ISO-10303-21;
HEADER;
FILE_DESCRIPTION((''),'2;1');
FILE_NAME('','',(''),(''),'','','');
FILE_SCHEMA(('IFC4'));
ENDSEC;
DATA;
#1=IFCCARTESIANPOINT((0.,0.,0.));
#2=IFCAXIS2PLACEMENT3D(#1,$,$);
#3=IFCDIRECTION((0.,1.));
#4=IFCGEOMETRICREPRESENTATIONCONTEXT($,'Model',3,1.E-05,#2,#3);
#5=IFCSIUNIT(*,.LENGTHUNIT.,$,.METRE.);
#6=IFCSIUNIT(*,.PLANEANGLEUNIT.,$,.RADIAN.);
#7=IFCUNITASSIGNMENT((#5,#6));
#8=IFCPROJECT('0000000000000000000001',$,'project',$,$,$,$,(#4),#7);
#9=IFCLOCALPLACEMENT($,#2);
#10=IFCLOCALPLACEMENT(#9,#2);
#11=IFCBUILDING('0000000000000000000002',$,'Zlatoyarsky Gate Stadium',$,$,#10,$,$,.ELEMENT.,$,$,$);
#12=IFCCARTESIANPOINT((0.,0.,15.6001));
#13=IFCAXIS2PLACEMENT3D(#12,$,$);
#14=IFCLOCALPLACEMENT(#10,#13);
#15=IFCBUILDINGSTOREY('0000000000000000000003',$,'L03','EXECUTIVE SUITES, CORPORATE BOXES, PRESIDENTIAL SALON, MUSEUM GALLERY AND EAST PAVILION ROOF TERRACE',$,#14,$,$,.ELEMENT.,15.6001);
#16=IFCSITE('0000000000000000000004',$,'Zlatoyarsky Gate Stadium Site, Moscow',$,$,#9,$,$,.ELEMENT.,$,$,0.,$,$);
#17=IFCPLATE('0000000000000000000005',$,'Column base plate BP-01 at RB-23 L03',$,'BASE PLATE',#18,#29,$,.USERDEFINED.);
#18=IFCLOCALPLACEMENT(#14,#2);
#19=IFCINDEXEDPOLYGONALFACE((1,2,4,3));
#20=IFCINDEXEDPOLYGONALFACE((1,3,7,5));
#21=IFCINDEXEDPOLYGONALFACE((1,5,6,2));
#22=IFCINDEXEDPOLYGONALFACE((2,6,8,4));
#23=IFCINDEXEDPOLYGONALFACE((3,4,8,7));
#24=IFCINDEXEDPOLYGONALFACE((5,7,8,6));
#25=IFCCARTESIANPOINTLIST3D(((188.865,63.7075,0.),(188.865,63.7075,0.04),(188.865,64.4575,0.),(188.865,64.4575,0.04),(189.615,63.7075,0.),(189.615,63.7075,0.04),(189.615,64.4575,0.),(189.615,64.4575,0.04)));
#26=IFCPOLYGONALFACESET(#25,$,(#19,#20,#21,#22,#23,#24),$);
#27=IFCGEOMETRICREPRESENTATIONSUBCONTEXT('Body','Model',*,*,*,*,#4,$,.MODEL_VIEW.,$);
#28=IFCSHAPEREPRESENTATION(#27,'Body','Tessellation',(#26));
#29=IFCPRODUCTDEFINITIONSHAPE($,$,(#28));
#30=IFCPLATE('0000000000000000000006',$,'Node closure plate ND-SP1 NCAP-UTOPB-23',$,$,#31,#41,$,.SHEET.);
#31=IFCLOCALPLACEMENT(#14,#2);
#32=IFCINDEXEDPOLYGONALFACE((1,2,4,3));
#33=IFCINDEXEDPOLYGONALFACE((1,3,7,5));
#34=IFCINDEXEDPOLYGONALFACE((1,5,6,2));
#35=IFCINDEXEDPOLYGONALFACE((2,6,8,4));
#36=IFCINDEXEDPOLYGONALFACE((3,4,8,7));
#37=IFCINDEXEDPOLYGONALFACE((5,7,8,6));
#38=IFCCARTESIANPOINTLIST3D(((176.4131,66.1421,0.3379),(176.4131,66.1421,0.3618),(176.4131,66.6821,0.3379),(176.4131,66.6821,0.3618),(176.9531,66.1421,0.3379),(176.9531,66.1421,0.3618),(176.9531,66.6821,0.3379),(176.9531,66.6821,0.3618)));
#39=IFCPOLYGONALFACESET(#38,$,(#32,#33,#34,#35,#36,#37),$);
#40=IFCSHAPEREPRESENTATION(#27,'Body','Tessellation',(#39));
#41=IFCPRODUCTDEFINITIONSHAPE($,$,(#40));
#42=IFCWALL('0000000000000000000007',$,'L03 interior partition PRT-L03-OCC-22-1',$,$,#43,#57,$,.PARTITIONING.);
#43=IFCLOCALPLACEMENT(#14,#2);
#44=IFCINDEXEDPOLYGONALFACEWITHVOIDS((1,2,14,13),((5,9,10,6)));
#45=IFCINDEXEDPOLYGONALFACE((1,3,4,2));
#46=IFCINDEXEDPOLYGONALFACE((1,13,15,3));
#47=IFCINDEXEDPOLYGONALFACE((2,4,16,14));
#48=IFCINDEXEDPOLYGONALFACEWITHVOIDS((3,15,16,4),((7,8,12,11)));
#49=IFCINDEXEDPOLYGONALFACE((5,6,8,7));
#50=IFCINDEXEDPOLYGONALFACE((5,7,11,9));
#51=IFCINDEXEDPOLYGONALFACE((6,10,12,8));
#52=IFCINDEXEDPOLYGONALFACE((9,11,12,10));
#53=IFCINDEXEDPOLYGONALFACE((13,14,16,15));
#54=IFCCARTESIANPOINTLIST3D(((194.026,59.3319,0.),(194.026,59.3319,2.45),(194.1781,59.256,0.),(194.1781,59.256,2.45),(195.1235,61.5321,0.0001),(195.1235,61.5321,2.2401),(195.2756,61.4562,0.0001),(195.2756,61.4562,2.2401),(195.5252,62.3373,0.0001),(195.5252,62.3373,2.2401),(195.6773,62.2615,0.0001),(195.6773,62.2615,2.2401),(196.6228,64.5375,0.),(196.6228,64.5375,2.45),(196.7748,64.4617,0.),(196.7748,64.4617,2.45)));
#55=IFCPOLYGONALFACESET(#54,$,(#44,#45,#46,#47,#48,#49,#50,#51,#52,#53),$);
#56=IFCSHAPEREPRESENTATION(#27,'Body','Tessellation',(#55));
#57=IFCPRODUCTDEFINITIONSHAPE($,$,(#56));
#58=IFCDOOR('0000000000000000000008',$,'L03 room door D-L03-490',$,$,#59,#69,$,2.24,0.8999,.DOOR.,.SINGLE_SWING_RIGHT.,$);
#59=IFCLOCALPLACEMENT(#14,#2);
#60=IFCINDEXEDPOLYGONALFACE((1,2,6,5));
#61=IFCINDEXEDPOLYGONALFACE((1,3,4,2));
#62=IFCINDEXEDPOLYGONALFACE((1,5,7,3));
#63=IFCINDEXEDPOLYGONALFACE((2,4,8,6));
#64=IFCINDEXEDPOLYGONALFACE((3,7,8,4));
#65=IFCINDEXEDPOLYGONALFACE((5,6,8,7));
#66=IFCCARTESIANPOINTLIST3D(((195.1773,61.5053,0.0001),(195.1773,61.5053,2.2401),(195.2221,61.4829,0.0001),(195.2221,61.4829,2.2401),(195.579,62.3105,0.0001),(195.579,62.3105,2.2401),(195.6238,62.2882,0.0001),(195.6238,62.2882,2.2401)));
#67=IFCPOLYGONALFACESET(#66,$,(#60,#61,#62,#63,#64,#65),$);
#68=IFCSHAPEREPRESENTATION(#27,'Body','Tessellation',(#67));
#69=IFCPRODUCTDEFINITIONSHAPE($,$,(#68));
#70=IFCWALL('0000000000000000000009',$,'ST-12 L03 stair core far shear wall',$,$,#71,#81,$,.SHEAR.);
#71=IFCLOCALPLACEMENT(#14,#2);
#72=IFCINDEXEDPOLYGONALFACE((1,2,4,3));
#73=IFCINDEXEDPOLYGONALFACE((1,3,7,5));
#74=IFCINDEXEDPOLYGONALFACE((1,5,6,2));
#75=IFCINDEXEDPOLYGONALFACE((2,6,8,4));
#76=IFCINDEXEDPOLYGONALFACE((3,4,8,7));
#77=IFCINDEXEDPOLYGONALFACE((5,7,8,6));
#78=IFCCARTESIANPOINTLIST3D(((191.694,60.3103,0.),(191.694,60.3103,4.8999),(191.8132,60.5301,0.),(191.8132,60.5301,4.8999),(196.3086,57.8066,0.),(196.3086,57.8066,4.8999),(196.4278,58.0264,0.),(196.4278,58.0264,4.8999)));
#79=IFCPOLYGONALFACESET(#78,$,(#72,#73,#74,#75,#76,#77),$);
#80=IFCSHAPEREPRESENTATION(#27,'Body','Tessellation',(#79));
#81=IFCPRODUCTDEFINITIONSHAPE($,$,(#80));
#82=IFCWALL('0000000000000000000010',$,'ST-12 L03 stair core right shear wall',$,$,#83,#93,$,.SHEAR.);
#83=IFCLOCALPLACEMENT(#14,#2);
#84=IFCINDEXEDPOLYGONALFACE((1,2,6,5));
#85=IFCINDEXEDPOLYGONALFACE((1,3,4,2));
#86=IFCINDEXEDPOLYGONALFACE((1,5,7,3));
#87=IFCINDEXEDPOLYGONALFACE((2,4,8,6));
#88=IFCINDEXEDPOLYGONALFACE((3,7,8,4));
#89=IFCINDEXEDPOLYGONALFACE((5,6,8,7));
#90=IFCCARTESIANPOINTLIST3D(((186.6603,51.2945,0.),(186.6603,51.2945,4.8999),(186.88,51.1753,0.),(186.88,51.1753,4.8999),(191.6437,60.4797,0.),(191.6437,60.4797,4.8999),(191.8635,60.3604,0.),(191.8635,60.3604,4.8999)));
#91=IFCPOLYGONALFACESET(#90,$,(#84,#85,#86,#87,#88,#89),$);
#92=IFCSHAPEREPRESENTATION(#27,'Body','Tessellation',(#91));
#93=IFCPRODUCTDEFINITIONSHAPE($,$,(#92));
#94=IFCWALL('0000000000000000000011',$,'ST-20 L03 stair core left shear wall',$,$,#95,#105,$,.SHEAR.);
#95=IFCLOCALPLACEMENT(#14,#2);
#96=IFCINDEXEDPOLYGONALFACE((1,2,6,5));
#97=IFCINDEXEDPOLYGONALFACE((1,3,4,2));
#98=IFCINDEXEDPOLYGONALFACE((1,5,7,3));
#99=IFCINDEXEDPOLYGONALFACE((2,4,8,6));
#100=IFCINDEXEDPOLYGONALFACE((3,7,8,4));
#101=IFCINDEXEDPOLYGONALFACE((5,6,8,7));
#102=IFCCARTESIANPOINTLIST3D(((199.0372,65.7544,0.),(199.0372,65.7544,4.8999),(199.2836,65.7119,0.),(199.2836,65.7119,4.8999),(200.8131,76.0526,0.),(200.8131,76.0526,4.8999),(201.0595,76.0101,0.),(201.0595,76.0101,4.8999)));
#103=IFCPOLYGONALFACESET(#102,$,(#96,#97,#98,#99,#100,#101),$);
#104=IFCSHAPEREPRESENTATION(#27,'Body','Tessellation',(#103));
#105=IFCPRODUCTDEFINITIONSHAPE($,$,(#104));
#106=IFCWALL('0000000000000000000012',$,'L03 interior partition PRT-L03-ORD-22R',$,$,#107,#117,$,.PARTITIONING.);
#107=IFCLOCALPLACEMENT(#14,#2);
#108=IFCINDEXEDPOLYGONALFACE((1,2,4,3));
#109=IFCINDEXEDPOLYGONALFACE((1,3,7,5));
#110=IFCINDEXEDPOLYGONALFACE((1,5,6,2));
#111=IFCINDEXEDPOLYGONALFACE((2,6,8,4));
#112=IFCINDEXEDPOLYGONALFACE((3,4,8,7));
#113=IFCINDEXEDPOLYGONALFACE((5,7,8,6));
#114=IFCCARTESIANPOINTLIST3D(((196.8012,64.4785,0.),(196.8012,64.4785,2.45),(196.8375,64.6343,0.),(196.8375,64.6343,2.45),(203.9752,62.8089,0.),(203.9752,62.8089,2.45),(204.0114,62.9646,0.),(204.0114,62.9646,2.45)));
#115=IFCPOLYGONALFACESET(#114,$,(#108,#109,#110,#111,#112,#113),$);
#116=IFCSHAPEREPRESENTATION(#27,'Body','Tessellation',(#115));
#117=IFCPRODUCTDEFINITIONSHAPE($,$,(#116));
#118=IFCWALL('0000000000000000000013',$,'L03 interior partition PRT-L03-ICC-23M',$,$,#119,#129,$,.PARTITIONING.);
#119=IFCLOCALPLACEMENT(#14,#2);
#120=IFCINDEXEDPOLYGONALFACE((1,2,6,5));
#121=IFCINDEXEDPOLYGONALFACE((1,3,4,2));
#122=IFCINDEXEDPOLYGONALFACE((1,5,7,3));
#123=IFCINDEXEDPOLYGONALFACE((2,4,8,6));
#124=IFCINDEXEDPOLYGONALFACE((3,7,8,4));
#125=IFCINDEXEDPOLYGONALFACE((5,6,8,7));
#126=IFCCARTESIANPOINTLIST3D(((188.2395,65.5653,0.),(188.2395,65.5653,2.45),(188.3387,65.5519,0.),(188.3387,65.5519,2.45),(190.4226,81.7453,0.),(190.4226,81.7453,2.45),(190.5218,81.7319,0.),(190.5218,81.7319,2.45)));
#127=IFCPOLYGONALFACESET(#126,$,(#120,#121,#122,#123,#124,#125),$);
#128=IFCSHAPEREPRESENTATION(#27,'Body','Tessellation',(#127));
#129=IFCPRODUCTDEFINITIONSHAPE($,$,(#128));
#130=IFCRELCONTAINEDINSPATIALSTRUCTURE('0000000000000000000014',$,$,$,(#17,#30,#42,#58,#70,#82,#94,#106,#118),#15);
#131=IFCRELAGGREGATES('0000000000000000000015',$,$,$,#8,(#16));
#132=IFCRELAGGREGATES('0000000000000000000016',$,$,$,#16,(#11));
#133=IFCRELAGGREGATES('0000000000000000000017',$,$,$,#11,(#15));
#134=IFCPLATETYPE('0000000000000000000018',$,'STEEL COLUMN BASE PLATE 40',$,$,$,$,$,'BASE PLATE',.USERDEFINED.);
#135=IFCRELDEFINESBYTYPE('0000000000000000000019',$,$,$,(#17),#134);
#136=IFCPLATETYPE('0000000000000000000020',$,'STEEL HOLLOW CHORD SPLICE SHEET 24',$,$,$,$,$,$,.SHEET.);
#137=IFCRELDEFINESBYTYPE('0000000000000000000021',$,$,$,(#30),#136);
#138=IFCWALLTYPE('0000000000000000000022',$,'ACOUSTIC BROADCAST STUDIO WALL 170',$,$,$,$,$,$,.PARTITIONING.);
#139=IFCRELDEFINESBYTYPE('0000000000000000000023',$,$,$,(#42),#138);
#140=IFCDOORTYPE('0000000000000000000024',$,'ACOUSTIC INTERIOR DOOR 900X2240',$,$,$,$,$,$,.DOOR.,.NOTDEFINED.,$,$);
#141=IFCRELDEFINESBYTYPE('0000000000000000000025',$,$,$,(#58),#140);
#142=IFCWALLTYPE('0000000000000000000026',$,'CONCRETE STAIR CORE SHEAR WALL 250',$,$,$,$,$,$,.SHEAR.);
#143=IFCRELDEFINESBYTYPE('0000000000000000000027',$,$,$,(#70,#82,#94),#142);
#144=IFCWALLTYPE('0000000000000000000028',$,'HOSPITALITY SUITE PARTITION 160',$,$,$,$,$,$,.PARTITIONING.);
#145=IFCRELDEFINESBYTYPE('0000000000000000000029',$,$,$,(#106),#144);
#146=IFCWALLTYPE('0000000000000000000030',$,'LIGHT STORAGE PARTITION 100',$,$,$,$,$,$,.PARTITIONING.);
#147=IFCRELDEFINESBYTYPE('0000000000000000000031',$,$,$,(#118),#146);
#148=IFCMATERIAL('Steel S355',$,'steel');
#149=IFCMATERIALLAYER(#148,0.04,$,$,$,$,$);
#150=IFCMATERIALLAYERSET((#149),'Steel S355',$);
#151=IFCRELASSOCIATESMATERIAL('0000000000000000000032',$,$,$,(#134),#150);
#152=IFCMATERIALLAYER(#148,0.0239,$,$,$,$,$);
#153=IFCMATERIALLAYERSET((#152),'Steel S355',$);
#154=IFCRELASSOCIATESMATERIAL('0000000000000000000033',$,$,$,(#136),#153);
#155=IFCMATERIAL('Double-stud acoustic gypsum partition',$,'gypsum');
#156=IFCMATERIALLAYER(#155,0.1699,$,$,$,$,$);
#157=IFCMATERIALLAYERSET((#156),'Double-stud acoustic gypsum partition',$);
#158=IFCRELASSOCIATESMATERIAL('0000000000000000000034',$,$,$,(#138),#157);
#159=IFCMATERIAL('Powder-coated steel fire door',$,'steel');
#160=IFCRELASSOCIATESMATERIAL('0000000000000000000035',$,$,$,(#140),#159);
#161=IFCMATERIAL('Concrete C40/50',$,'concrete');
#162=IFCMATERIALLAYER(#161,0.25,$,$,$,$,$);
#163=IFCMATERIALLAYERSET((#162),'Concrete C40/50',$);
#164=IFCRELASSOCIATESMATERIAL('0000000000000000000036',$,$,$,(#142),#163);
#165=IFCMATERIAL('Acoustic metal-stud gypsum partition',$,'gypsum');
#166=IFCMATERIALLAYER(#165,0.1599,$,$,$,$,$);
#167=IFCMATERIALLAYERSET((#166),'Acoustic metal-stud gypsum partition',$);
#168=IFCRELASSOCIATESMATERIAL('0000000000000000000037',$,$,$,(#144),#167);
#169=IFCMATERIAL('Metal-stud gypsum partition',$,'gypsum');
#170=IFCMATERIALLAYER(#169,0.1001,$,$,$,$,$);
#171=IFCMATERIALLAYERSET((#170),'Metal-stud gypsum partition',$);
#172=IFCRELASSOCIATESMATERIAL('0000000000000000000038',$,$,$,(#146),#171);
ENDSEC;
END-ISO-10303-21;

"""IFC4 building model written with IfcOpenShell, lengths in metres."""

from ifc_helpers import new_model, si_unit, direction, frame, frame_2d, origin, origin_2d, place, context, subcontext, project, spatial, rectangle, extrude, material, layer, layer_set, type_object, element, fill, save


model = new_model("IFC4")

# Units and contexts
model_context = context("Model", 3, precision=1e-05, world=origin(), true_north=direction((0.0, 1.0)))
body_context = subcontext(model_context, "Body", "Model", "MODEL_VIEW")
ifc_project = project(units=[si_unit("LENGTHUNIT", "METRE"), si_unit("PLANEANGLEUNIT", "RADIAN")], contexts=[model_context])

# Site, building, storey
site_placement = place(None, origin())
site = spatial("IfcSite", under=ifc_project, at=site_placement, Name="Zlatoyarsky Gate Stadium Site, Moscow", CompositionType="ELEMENT", RefElevation=0.0)
building_placement = place(site_placement, origin())
building = spatial("IfcBuilding", under=site, at=building_placement, Name="Zlatoyarsky Gate Stadium", CompositionType="ELEMENT")
storey_placement = place(building_placement, frame((0.0, 0.0, 15.6001)))
storey = spatial("IfcBuildingStorey", under=building, at=storey_placement, Name="L03", Description="EXECUTIVE SUITES, CORPORATE BOXES, PRESIDENTIAL SALON, MUSEUM GALLERY AND EAST PAVILION ROOF TERRACE", CompositionType="ELEMENT", Elevation=15.6001)

# Shared definitions
ifc_material_1 = material(Name="Steel S355", Category="steel")

# Plates
ifc_layer_1 = layer(ifc_material_1, 0.04)
ifc_layer_set_1 = layer_set([ifc_layer_1], Name="Steel S355")
plate_type_1 = type_object("IfcPlateType", Name="STEEL COLUMN BASE PLATE 40", ElementType="BASE PLATE", PredefinedType="USERDEFINED", material=ifc_layer_set_1)
plate_1_placement = place(storey_placement, frame((189.24, 64.0825, 0.0), z_axis=(0.0, 0.0, 1.0), x_axis=(1.0, 0.0, 0.0)))
element("IfcPlate", 1, at=plate_1_placement, inside=storey, type_object=plate_type_1, Name="Column base plate BP-01 at RB-23 L03", ObjectType="BASE PLATE", PredefinedType="USERDEFINED", context=body_context, shape_type="SweptSolid", body=[
    extrude(rectangle(XDim=0.75, YDim=0.75, at=origin_2d()), origin(), (0.0, 0.0, 1.0), 0.04),
])
ifc_layer_2 = layer(ifc_material_1, 0.0239)
ifc_layer_set_2 = layer_set([ifc_layer_2], Name="Steel S355")
plate_type_2 = type_object("IfcPlateType", Name="STEEL HOLLOW CHORD SPLICE SHEET 24", PredefinedType="SHEET", material=ifc_layer_set_2)
plate_2_placement = place(storey_placement, frame((176.6831, 66.4121, 0.3379), z_axis=(0.0, 0.0, 1.0), x_axis=(1.0, 0.0, 0.0)))
element("IfcPlate", 2, at=plate_2_placement, inside=storey, type_object=plate_type_2, Name="Node closure plate ND-SP1 NCAP-UTOPB-23", PredefinedType="SHEET", context=body_context, shape_type="SweptSolid", body=[
    extrude(rectangle(XDim=0.54, YDim=0.54, at=origin_2d()), origin(), (0.0, 0.0, 1.0), 0.0239),
])

# Wall, opening, door
ifc_material_2 = material(Name="Double-stud acoustic gypsum partition", Category="gypsum")
ifc_layer_3 = layer(ifc_material_2, 0.1699)
ifc_layer_set_3 = layer_set([ifc_layer_3], Name="Double-stud acoustic gypsum partition")
wall_type_1 = type_object("IfcWallType", Name="ACOUSTIC BROADCAST STUDIO WALL 170", PredefinedType="PARTITIONING", material=ifc_layer_set_3)
wall_1_placement = place(storey_placement, frame((194.1021, 59.2939, 0.0), z_axis=(0.0, 0.0, 1.0), x_axis=(0.446374, 0.894846, 0.0)))
wall_1 = element("IfcWall", 3, at=wall_1_placement, inside=storey, type_object=wall_type_1, Name="L03 interior partition PRT-L03-OCC-22-1", PredefinedType="PARTITIONING", context=body_context, shape_type="SweptSolid", body=[
    extrude(rectangle(XDim=5.8174, YDim=0.1699, at=frame_2d((2.9087, 0.0))), origin(), (0.0, 0.0, 1.0), 2.45),
])
opening_placement = place(wall_1_placement, frame((2.4587, 0.0, 0.0)))
opening = element("IfcOpeningElement", 4, at=opening_placement, cuts=wall_1, PredefinedType="OPENING", context=body_context, shape_type="SweptSolid", body=[
    extrude(rectangle(XDim=0.8999, YDim=2.24, at=frame_2d((0.45, 1.1201))), frame((0.0, 0.095, 0.0), z_axis=(0.0, -1.0, 0.0), x_axis=(1.0, 0.0, 0.0)), (0.0, 0.0, 1.0), 0.1899),
])
ifc_material_3 = material(Name="Powder-coated steel fire door", Category="steel")
door_type = type_object("IfcDoorType", Name="ACOUSTIC INTERIOR DOOR 900X2240", OperationType="NOTDEFINED", PredefinedType="DOOR", material=ifc_material_3)
door_placement = place(opening_placement, origin())
door = element("IfcDoor", 5, at=door_placement, inside=storey, type_object=door_type, Name="L03 room door D-L03-490", OperationType="SINGLE_SWING_RIGHT", OverallHeight=2.24, OverallWidth=0.8999, PredefinedType="DOOR", context=body_context, shape_type="SweptSolid", body=[
    extrude(rectangle(XDim=0.8999, YDim=2.24, at=frame_2d((0.45, 1.1201))), frame((0.0, 0.0249, 0.0), z_axis=(0.0, -1.0, 0.0), x_axis=(1.0, 0.0, 0.0)), (0.0, 0.0, 1.0), 0.05),
])
fill(opening, door)

# Walls
ifc_material_4 = material(Name="Concrete C40/50", Category="concrete")
ifc_layer_4 = layer(ifc_material_4, 0.25)
ifc_layer_set_4 = layer_set([ifc_layer_4], Name="Concrete C40/50")
wall_type_2 = type_object("IfcWallType", Name="CONCRETE STAIR CORE SHEAR WALL 250", PredefinedType="SHEAR", material=ifc_layer_set_4)
wall_2_placement = place(storey_placement, frame((196.3682, 57.9165, 0.0), z_axis=(0.0, 0.0, 1.0), x_axis=(-0.878961, 0.476893, 0.0)))
element("IfcWall", 6, at=wall_2_placement, inside=storey, type_object=wall_type_2, Name="ST-12 L03 stair core far shear wall", PredefinedType="SHEAR", context=body_context, shape_type="SweptSolid", body=[
    extrude(rectangle(XDim=5.25, YDim=0.25, at=frame_2d((2.625, 0.0))), origin(), (0.0, 0.0, 1.0), 4.8999),
])
wall_3_placement = place(storey_placement, frame((191.7537, 60.4202, 0.0), z_axis=(0.0, 0.0, 1.0), x_axis=(-0.476887, -0.878965, 0.0)))
element("IfcWall", 7, at=wall_3_placement, inside=storey, type_object=wall_type_2, Name="ST-12 L03 stair core right shear wall", PredefinedType="SHEAR", context=body_context, shape_type="SweptSolid", body=[
    extrude(rectangle(XDim=10.45, YDim=0.25, at=frame_2d((5.2251, 0.0))), origin(), (0.0, 0.0, 1.0), 4.8999),
])
wall_4_placement = place(storey_placement, frame((199.1604, 65.7332, 0.0), z_axis=(0.0, 0.0, 1.0), x_axis=(0.169939, 0.985455, 0.0)))
element("IfcWall", 8, at=wall_4_placement, inside=storey, type_object=wall_type_2, Name="ST-20 L03 stair core left shear wall", PredefinedType="SHEAR", context=body_context, shape_type="SweptSolid", body=[
    extrude(rectangle(XDim=10.4502, YDim=0.25, at=frame_2d((5.2251, 0.0))), origin(), (0.0, 0.0, 1.0), 4.8999),
])
ifc_material_5 = material(Name="Acoustic metal-stud gypsum partition", Category="gypsum")
ifc_layer_5 = layer(ifc_material_5, 0.1599)
ifc_layer_set_5 = layer_set([ifc_layer_5], Name="Acoustic metal-stud gypsum partition")
wall_type_3 = type_object("IfcWallType", Name="HOSPITALITY SUITE PARTITION 160", PredefinedType="PARTITIONING", material=ifc_layer_set_5)
wall_5_placement = place(storey_placement, frame((196.8193, 64.5564, 0.0), z_axis=(0.0, 0.0, 1.0), x_axis=(0.973969, -0.226679, 0.0)))
element("IfcWall", 9, at=wall_5_placement, inside=storey, type_object=wall_type_3, Name="L03 interior partition PRT-L03-ORD-22R", PredefinedType="PARTITIONING", context=body_context, shape_type="SweptSolid", body=[
    extrude(rectangle(XDim=7.3657, YDim=0.1599, at=frame_2d((3.6829, 0.0))), origin(), (0.0, 0.0, 1.0), 2.45),
])
ifc_material_6 = material(Name="Metal-stud gypsum partition", Category="gypsum")
ifc_layer_6 = layer(ifc_material_6, 0.1001)
ifc_layer_set_6 = layer_set([ifc_layer_6], Name="Metal-stud gypsum partition")
wall_type_4 = type_object("IfcWallType", Name="LIGHT STORAGE PARTITION 100", PredefinedType="PARTITIONING", material=ifc_layer_set_6)
wall_6_placement = place(storey_placement, frame((188.2891, 65.5586, 0.0), z_axis=(0.0, 0.0, 1.0), x_axis=(0.133715, 0.99102, 0.0)))
element("IfcWall", 10, at=wall_6_placement, inside=storey, type_object=wall_type_4, Name="L03 interior partition PRT-L03-ICC-23M", PredefinedType="PARTITIONING", context=body_context, shape_type="SweptSolid", body=[
    extrude(rectangle(XDim=16.3267, YDim=0.1001, at=frame_2d((8.1633, 0.0))), origin(), (0.0, 0.0, 1.0), 2.45),
])

save(model, "model.ifc")
